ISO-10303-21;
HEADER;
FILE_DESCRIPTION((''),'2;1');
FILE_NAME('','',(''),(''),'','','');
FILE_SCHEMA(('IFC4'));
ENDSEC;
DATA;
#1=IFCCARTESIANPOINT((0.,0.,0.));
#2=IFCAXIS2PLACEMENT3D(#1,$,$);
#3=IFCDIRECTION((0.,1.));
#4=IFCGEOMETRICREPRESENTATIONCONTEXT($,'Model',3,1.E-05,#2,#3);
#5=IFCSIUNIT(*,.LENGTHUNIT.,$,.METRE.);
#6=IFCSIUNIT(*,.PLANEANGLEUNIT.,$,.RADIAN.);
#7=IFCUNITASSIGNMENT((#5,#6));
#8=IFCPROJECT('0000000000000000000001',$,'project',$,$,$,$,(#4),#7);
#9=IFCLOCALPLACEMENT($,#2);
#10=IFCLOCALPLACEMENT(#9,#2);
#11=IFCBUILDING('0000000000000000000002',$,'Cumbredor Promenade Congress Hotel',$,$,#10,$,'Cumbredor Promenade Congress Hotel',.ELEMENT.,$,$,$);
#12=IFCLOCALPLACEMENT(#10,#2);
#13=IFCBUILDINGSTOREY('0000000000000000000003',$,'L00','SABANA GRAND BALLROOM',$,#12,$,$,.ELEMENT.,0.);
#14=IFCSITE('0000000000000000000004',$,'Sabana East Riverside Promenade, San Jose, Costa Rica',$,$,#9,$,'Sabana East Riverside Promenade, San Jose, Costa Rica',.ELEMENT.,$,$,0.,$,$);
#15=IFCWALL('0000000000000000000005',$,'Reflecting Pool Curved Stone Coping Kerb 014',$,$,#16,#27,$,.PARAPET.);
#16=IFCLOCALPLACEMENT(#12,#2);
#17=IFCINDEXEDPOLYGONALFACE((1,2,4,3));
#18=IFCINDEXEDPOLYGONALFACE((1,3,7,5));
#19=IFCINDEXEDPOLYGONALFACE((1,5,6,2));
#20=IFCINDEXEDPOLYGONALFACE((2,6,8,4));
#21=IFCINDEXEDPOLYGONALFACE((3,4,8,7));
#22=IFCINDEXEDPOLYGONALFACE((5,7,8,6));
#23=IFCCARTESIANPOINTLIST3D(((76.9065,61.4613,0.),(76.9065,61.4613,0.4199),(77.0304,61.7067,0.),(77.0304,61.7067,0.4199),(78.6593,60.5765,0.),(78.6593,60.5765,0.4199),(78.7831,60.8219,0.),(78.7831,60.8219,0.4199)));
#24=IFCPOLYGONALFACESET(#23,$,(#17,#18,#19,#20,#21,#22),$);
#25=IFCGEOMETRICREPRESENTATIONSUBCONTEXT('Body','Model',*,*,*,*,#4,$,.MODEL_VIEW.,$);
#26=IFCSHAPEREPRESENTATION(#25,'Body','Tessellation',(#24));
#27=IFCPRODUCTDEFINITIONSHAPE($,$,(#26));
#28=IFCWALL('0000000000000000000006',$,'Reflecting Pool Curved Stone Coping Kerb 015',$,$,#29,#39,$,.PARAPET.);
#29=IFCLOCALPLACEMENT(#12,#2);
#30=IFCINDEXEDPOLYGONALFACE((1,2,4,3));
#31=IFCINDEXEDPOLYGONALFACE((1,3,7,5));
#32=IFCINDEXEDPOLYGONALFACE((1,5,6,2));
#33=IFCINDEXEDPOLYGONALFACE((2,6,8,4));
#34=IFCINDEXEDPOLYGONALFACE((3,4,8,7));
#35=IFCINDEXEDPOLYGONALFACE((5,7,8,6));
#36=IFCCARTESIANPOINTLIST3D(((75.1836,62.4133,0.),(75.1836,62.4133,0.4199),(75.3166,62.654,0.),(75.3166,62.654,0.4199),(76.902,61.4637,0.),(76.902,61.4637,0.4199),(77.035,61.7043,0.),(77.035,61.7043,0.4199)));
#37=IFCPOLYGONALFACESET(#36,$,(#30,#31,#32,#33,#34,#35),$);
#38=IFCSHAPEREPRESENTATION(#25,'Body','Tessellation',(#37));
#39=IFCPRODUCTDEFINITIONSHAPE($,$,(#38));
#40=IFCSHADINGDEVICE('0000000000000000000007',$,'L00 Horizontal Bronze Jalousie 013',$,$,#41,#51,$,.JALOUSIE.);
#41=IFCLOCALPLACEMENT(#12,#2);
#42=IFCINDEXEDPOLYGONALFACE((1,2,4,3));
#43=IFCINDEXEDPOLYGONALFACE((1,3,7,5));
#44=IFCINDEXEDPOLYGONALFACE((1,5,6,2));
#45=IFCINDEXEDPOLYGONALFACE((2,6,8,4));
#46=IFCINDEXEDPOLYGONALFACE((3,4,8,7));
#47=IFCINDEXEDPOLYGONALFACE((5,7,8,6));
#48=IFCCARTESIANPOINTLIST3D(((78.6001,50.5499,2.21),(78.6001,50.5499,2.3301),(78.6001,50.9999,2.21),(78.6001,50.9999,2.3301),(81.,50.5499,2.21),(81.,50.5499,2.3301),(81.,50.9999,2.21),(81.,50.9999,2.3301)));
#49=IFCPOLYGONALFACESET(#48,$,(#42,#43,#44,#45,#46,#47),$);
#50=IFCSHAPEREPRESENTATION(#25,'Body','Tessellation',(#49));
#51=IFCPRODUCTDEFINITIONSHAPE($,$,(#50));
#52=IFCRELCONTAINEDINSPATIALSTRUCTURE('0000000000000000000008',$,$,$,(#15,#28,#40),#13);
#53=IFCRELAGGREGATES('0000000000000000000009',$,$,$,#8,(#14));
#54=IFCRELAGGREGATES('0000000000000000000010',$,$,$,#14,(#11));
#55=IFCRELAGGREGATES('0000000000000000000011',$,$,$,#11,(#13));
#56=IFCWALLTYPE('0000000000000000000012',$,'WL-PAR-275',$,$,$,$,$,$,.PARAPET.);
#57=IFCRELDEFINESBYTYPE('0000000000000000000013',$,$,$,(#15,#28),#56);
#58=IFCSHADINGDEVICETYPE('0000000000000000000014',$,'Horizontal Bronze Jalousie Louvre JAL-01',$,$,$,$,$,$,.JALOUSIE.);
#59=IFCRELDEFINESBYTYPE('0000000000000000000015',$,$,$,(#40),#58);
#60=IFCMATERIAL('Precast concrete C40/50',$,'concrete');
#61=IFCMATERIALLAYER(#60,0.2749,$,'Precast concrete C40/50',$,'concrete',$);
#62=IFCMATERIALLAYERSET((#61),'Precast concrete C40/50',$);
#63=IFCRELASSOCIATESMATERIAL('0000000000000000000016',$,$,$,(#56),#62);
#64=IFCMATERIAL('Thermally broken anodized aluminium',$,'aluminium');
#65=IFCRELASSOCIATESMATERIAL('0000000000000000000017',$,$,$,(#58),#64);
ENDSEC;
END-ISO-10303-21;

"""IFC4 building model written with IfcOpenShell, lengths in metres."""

from ifc_helpers import new_model, si_unit, direction, frame, frame_2d, origin, origin_2d, place, context, subcontext, project, spatial, rectangle, extrude, material, layer, layer_set, type_object, element, save


model = new_model("IFC4")

# Units and contexts
model_context = context("Model", 3, precision=1e-05, world=origin(), true_north=direction((0.0, 1.0)))
body_context = subcontext(model_context, "Body", "Model", "MODEL_VIEW")
ifc_project = project(units=[si_unit("LENGTHUNIT", "METRE"), si_unit("PLANEANGLEUNIT", "RADIAN")], contexts=[model_context])

# Site, building, storey
site_placement = place(None, origin())
site = spatial("IfcSite", under=ifc_project, at=site_placement, Name="Sabana East Riverside Promenade, San Jose, Costa Rica", LongName="Sabana East Riverside Promenade, San Jose, Costa Rica", CompositionType="ELEMENT", RefElevation=0.0)
building_placement = place(site_placement, origin())
building = spatial("IfcBuilding", under=site, at=building_placement, Name="Cumbredor Promenade Congress Hotel", LongName="Cumbredor Promenade Congress Hotel", CompositionType="ELEMENT")
storey_placement = place(building_placement, origin())
storey = spatial("IfcBuildingStorey", under=building, at=storey_placement, Name="L00", Description="SABANA GRAND BALLROOM", CompositionType="ELEMENT", Elevation=0.0)

# Shared definitions
ifc_material_1 = material(Name="Thermally broken anodized aluminium", Category="aluminium")

# Walls
ifc_material_2 = material(Name="Precast concrete C40/50", Category="concrete")
ifc_layer_1 = layer(ifc_material_2, 0.2749, Name="Precast concrete C40/50", Category="concrete")
ifc_layer_set_1 = layer_set([ifc_layer_1], Name="Precast concrete C40/50")
wall_type_1 = type_object("IfcWallType", Name="WL-PAR-275", PredefinedType="PARAPET", material=ifc_layer_set_1)
for number, where, z_axis, x_axis, name in (
    (1, (78.7212, 60.6992, 0.0), (0.0, 0.0, 1.0), (-0.892705, 0.450642, 0.0), "Reflecting Pool Curved Stone Coping Kerb 014"),
    (2, (76.9685, 61.584, 0.0), (0.0, 0.0, 1.0), (-0.87524, 0.483689, 0.0), "Reflecting Pool Curved Stone Coping Kerb 015"),
):
    element("IfcWall", number, at=place(storey_placement, frame(where, z_axis=z_axis, x_axis=x_axis)), inside=storey, type_object=wall_type_1, Name=name, PredefinedType="PARAPET", context=body_context, shape_type="SweptSolid", body=[
        extrude(rectangle(XDim=1.9634, YDim=0.2749, at=frame_2d((0.9817, 0.0))), origin(), (0.0, 0.0, 1.0), 0.4199),
    ])

# Shading device
shading_device_type = type_object("IfcShadingDeviceType", Name="Horizontal Bronze Jalousie Louvre JAL-01", PredefinedType="JALOUSIE", material=ifc_material_1)
shading_device_placement = place(storey_placement, frame((79.8, 50.7749, 2.21), z_axis=(0.0, 0.0, 1.0), x_axis=(1.0, 0.0, 0.0)))
element("IfcShadingDevice", 3, at=shading_device_placement, inside=storey, type_object=shading_device_type, Name="L00 Horizontal Bronze Jalousie 013", PredefinedType="JALOUSIE", context=body_context, shape_type="SweptSolid", body=[
    extrude(rectangle(XDim=2.3999, YDim=0.45, at=origin_2d()), origin(), (0.0, 0.0, 1.0), 0.1201),
])

save(model, "model.ifc")
